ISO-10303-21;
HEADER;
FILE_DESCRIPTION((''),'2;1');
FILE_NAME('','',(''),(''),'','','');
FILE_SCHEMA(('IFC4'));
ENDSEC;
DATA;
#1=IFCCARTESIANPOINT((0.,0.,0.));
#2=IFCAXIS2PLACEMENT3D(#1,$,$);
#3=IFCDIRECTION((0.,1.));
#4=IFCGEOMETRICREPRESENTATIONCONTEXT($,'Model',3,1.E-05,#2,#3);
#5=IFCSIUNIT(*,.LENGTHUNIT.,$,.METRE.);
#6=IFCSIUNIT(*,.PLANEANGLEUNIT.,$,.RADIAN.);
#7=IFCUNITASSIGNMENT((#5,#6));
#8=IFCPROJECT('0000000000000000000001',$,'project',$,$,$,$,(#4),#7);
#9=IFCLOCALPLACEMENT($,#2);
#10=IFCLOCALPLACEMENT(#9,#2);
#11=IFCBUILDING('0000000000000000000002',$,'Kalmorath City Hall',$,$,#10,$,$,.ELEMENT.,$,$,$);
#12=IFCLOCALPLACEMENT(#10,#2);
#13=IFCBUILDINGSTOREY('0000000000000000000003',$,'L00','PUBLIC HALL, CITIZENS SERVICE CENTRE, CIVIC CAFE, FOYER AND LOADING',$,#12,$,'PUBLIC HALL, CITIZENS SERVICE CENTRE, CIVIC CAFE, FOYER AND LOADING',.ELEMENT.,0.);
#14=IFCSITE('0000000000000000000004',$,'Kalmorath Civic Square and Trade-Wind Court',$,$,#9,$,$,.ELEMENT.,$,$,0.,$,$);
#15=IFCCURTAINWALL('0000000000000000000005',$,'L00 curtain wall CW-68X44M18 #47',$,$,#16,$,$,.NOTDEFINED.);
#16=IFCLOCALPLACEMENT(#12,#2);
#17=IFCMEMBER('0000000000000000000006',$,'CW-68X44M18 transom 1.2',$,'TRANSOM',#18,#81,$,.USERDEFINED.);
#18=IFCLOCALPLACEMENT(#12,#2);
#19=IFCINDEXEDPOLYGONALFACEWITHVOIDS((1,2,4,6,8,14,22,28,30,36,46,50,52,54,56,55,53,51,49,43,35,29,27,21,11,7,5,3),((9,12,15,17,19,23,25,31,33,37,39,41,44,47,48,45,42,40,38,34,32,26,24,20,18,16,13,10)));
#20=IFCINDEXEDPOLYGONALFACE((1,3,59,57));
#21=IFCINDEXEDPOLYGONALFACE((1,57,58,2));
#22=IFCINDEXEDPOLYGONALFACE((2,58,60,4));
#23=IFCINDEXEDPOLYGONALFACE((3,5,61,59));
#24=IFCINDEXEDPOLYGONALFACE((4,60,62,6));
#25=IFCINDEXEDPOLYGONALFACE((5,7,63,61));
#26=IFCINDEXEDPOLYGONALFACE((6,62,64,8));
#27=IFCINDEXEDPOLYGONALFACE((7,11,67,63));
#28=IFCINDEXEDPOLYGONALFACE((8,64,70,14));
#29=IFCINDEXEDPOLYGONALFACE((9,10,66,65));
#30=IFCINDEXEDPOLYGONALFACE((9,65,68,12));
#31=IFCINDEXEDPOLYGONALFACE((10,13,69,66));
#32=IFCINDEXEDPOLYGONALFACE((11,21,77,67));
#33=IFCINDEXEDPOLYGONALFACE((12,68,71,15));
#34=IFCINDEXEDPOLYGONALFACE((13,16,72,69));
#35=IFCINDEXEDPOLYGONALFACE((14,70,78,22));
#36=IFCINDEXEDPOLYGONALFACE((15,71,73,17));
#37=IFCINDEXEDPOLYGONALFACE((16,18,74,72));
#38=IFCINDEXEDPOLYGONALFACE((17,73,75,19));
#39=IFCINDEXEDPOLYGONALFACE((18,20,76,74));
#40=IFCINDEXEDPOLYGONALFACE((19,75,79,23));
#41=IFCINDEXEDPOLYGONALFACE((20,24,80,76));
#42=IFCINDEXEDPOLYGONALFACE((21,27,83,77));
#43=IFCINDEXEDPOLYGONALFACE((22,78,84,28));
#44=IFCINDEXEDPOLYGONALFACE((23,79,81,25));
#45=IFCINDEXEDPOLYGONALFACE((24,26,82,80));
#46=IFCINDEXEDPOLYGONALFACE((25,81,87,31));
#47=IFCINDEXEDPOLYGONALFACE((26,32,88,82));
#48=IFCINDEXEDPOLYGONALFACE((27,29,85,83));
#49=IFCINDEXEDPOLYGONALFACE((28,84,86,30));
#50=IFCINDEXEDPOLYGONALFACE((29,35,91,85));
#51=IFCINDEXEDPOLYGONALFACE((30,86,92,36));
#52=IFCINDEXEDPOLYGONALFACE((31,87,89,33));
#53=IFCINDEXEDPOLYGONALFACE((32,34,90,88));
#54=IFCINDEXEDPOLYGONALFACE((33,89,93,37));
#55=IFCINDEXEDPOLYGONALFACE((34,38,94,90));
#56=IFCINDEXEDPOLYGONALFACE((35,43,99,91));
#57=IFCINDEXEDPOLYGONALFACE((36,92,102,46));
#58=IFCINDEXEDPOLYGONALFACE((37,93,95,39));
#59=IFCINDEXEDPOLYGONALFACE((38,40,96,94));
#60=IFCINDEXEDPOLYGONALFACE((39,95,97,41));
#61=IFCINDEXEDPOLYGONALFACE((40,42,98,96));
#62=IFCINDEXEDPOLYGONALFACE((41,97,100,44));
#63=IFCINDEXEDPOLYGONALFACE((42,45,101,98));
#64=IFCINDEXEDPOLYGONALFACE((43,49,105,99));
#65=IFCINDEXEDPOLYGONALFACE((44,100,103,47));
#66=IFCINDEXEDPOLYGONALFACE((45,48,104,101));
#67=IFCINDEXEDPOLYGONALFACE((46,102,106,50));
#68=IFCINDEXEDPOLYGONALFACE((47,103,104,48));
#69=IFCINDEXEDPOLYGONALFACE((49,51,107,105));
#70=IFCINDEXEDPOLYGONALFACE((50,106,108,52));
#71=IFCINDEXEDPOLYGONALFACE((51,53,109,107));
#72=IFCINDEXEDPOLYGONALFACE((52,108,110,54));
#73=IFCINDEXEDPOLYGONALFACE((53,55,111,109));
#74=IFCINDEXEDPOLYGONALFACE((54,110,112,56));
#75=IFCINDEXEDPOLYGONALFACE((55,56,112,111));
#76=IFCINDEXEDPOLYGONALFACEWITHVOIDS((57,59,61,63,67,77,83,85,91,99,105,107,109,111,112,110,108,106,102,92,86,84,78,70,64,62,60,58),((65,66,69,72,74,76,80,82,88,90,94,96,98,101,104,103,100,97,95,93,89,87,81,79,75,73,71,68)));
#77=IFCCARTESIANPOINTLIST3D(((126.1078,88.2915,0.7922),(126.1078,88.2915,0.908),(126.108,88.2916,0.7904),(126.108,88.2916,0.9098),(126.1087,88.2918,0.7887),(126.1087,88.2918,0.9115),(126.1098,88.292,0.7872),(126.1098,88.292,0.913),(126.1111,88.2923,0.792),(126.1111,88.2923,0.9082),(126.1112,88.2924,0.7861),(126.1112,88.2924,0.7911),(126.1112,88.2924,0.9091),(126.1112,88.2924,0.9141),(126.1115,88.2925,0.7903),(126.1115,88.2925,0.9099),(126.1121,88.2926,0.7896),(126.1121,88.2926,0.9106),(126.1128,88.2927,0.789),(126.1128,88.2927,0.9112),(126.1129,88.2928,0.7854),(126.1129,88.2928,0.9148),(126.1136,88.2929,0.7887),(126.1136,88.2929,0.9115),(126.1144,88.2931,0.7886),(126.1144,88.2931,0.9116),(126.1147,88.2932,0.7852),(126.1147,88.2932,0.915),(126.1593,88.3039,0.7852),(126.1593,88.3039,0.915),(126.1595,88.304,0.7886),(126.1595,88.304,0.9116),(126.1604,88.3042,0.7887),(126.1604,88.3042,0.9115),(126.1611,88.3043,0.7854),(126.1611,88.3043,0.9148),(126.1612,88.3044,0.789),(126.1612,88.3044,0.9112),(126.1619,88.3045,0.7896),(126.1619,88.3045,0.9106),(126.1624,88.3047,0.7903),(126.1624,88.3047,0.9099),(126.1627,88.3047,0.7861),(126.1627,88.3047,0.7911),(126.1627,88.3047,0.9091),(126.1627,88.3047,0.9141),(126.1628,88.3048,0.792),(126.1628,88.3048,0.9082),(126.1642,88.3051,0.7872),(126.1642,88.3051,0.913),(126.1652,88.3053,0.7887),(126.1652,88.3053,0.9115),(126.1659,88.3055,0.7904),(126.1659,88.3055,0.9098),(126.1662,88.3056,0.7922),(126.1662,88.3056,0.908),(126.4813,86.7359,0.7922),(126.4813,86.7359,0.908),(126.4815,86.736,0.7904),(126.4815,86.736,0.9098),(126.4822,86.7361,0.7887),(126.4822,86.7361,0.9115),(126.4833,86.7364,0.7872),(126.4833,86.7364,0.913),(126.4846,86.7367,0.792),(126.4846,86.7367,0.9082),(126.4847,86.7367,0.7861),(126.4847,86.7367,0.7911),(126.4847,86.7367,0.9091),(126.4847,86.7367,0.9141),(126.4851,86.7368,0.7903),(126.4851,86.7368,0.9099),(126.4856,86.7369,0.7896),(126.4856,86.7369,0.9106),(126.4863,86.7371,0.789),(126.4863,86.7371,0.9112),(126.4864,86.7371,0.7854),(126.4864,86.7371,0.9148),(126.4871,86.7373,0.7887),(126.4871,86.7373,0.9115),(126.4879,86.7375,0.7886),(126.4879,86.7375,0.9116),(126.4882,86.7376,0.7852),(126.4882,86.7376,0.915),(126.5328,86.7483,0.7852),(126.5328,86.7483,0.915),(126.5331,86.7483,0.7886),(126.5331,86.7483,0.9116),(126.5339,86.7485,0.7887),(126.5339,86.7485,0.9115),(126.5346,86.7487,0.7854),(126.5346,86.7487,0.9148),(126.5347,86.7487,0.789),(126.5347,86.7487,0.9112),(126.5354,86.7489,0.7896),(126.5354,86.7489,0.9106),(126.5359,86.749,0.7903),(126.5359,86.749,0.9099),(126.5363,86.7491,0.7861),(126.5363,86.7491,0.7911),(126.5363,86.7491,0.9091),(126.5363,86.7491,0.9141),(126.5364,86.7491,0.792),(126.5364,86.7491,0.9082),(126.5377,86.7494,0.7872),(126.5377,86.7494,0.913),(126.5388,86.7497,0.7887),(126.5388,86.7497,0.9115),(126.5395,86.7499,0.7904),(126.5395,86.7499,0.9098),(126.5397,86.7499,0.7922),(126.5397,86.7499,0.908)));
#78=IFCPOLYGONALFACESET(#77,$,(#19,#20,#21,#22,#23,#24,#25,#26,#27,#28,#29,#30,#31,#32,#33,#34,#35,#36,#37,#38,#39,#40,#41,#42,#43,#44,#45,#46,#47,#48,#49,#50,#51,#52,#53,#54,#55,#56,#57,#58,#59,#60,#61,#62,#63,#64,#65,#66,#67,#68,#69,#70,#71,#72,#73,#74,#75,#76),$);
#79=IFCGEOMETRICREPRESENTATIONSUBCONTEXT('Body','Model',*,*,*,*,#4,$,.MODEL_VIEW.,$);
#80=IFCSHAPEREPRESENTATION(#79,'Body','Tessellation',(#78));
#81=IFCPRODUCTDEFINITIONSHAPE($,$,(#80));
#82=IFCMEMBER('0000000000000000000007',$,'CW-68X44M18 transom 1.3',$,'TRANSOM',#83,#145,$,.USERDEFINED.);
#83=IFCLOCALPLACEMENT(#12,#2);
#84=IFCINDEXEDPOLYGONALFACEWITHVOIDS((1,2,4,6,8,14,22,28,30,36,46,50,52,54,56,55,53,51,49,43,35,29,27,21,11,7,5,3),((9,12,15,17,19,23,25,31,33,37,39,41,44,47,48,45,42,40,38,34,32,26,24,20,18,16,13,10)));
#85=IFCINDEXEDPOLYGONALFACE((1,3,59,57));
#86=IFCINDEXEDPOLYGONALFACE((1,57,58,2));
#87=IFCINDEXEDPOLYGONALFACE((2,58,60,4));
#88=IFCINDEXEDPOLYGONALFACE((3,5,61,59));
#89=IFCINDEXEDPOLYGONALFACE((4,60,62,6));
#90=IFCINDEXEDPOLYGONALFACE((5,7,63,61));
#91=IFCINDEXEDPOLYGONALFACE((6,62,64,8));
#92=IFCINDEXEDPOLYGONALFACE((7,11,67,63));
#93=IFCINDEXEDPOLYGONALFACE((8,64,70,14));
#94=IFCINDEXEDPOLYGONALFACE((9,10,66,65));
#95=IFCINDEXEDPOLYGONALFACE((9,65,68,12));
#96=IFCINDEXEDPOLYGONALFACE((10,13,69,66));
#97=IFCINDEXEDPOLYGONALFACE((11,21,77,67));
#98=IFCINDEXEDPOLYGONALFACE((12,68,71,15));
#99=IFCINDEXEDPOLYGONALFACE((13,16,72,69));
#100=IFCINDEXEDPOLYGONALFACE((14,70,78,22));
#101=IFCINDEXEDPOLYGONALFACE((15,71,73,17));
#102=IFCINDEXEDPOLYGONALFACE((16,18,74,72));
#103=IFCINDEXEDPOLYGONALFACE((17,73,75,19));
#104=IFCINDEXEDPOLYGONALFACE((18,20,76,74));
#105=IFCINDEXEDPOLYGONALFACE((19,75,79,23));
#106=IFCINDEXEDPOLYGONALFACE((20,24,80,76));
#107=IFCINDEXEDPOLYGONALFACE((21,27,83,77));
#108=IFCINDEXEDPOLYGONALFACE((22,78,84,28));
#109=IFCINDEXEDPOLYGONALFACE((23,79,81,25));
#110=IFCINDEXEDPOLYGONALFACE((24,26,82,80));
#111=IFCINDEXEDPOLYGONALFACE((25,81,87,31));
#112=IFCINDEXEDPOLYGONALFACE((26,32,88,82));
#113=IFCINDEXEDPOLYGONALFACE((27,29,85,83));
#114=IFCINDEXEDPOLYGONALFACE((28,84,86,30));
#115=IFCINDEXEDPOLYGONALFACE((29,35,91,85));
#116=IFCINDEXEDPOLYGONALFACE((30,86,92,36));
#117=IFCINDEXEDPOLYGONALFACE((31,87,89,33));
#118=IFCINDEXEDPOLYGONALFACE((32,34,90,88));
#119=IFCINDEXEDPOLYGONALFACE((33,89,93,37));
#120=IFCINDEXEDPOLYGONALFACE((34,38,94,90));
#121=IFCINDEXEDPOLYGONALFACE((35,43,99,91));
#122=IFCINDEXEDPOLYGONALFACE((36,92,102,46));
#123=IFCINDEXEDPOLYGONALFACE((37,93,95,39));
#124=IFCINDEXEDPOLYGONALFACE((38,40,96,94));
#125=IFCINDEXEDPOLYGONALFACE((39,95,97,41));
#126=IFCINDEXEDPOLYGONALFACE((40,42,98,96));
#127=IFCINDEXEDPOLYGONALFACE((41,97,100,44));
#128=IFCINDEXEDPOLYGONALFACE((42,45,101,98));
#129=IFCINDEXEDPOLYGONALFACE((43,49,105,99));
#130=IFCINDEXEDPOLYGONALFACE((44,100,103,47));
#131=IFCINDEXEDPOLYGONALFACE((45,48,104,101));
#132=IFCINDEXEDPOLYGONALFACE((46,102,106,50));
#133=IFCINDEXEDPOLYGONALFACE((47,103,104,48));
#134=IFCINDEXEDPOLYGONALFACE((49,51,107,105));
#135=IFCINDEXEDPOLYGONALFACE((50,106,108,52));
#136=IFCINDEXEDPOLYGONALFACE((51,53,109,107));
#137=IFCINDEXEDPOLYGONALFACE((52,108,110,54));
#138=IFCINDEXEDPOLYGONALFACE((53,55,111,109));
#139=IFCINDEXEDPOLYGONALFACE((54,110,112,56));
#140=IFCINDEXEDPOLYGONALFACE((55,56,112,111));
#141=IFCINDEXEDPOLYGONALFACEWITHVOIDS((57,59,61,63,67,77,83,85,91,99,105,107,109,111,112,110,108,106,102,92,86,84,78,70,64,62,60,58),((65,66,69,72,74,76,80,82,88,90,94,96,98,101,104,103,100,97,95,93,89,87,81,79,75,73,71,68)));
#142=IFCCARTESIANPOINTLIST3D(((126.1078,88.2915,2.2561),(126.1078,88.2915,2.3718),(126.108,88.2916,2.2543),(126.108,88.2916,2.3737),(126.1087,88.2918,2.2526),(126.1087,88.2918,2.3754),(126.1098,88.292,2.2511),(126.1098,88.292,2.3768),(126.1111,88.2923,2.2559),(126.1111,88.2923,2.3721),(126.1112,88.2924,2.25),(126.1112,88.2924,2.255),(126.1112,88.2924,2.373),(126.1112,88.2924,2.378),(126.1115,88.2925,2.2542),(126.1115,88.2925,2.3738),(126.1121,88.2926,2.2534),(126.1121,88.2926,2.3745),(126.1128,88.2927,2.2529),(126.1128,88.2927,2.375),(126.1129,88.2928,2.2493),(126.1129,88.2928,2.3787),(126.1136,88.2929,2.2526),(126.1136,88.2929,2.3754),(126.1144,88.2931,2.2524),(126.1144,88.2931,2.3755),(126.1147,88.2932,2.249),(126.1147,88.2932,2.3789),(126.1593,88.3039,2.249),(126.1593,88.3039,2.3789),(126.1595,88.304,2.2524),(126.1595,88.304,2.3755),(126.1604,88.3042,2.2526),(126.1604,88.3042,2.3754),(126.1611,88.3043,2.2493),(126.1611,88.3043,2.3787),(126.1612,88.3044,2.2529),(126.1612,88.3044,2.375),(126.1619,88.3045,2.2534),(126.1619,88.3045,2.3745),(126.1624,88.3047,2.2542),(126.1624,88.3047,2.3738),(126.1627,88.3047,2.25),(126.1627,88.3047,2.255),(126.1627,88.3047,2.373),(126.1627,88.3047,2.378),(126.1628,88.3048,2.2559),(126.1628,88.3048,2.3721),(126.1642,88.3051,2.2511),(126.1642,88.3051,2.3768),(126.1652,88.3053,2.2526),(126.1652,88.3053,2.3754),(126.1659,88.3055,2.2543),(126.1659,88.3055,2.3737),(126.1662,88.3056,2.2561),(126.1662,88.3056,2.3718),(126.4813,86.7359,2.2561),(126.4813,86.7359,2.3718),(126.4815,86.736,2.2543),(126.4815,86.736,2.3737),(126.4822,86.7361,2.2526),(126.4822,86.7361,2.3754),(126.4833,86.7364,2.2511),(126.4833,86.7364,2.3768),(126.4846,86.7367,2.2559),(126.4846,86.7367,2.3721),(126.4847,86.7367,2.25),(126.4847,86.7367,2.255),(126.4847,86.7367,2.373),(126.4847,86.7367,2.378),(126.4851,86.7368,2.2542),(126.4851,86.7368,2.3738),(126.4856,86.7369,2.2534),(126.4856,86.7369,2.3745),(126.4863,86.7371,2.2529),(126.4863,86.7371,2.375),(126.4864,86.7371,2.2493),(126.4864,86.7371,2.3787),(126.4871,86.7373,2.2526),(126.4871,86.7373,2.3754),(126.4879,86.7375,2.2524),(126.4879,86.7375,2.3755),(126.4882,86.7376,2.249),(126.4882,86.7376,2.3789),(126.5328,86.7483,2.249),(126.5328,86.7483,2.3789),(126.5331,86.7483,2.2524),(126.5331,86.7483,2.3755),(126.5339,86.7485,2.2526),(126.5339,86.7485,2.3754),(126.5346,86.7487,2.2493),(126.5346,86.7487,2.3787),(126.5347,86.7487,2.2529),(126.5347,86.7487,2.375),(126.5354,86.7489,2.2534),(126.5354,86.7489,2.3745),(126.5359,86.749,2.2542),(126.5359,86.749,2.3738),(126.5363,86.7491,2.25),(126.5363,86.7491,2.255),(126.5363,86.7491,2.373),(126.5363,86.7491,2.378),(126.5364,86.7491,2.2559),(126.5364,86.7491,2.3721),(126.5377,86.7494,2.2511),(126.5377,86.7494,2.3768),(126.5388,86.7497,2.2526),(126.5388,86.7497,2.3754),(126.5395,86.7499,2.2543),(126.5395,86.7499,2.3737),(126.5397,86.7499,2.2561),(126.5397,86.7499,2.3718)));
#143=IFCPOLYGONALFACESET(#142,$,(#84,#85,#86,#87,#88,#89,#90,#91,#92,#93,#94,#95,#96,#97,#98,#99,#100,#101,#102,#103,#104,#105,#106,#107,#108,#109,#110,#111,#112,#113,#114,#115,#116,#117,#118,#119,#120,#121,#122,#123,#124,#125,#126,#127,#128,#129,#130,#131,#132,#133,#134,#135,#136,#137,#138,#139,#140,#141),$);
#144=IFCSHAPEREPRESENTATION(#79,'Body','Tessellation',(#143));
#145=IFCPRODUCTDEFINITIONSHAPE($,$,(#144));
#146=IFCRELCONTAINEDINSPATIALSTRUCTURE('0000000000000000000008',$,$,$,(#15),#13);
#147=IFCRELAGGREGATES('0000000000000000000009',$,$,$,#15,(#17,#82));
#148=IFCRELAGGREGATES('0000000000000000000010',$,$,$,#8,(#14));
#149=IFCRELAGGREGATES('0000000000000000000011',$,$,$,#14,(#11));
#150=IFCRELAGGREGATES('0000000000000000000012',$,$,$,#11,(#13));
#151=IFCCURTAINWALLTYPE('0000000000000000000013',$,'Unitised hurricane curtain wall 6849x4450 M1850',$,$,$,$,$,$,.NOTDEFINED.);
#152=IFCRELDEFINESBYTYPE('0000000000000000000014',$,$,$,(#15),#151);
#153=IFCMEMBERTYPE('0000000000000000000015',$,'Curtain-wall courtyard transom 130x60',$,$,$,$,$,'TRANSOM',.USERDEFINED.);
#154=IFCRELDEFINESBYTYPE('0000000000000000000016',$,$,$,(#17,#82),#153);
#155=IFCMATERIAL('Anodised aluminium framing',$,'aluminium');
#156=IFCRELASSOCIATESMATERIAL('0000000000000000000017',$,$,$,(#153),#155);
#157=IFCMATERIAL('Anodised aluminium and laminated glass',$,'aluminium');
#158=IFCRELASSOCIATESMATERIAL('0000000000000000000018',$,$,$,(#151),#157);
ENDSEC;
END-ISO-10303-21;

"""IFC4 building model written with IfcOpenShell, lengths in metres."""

from ifc_helpers import new_model, si_unit, direction, frame, origin, origin_2d, place, context, subcontext, project, spatial, hollow_rectangle, extrude, material, material_profile, profile_set, type_object, element, aggregate, save


model = new_model("IFC4")

# Units and contexts
model_context = context("Model", 3, precision=1e-05, world=origin(), true_north=direction((0.0, 1.0)))
body_context = subcontext(model_context, "Body", "Model", "MODEL_VIEW")
ifc_project = project(units=[si_unit("LENGTHUNIT", "METRE"), si_unit("PLANEANGLEUNIT", "RADIAN")], contexts=[model_context])

# Site, building, storey
site_placement = place(None, origin())
site = spatial("IfcSite", under=ifc_project, at=site_placement, Name="Kalmorath Civic Square and Trade-Wind Court", CompositionType="ELEMENT", RefElevation=0.0)
building_placement = place(site_placement, origin())
building = spatial("IfcBuilding", under=site, at=building_placement, Name="Kalmorath City Hall", CompositionType="ELEMENT")
storey_placement = place(building_placement, origin())
storey = spatial("IfcBuildingStorey", under=building, at=storey_placement, Name="L00", Description="PUBLIC HALL, CITIZENS SERVICE CENTRE, CIVIC CAFE, FOYER AND LOADING", LongName="PUBLIC HALL, CITIZENS SERVICE CENTRE, CIVIC CAFE, FOYER AND LOADING", CompositionType="ELEMENT", Elevation=0.0)

# Curtain wall, members
ifc_material_1 = material(Name="Anodised aluminium framing", Category="aluminium")
ifc_material_profile_1 = material_profile(ifc_material_1, hollow_rectangle(XDim=0.0601, YDim=0.1299, WallThickness=0.0034, InnerFilletRadius=0.0034, OuterFilletRadius=0.0071, at=origin_2d()), Name="ALU-TRN-130X60X3.5")
ifc_profile_set_1 = profile_set([ifc_material_profile_1], Name="Anodised aluminium framing")
member_type_1 = type_object("IfcMemberType", Name="Curtain-wall courtyard transom 130x60", ElementType="TRANSOM", PredefinedType="USERDEFINED", material=ifc_profile_set_1)
ifc_material_2 = material(Name="Anodised aluminium and laminated glass", Category="aluminium")
curtain_wall_type_1 = type_object("IfcCurtainWallType", Name="Unitised hurricane curtain wall 6849x4450 M1850", PredefinedType="NOTDEFINED", material=ifc_material_2)
curtain_wall_1_placement = place(storey_placement, origin())
curtain_wall_1 = element("IfcCurtainWall", 1, at=curtain_wall_1_placement, inside=storey, type_object=curtain_wall_type_1, Name="L00 curtain wall CW-68X44M18 #47", PredefinedType="NOTDEFINED")
member_1_placement = place(storey_placement, frame((126.5105, 86.7429, 0.8501), z_axis=(-0.233477, 0.972362, 0.0), x_axis=(-0.972362, -0.233477, 0.0)))
member_1 = element("IfcMember", 2, at=member_1_placement, type_object=member_type_1, Name="CW-68X44M18 transom 1.2", ObjectType="TRANSOM", PredefinedType="USERDEFINED", context=body_context, shape_type="SweptSolid", body=[
    extrude(hollow_rectangle(XDim=0.0601, YDim=0.1299, WallThickness=0.0034, InnerFilletRadius=0.0034, OuterFilletRadius=0.0071, at=origin_2d()), origin(), (0.0, 0.0, 1.0), 1.5999),
])
member_2_placement = place(storey_placement, frame((126.5105, 86.7429, 2.314), z_axis=(-0.233477, 0.972362, 0.0), x_axis=(-0.972362, -0.233477, 0.0)))
member_2 = element("IfcMember", 3, at=member_2_placement, type_object=member_type_1, Name="CW-68X44M18 transom 1.3", ObjectType="TRANSOM", PredefinedType="USERDEFINED", context=body_context, shape_type="SweptSolid", body=[
    extrude(hollow_rectangle(XDim=0.0601, YDim=0.1299, WallThickness=0.0034, InnerFilletRadius=0.0034, OuterFilletRadius=0.0071, at=origin_2d()), origin(), (0.0, 0.0, 1.0), 1.5999),
])

aggregate(curtain_wall_1, [member_1, member_2])

save(model, "model.ifc")
